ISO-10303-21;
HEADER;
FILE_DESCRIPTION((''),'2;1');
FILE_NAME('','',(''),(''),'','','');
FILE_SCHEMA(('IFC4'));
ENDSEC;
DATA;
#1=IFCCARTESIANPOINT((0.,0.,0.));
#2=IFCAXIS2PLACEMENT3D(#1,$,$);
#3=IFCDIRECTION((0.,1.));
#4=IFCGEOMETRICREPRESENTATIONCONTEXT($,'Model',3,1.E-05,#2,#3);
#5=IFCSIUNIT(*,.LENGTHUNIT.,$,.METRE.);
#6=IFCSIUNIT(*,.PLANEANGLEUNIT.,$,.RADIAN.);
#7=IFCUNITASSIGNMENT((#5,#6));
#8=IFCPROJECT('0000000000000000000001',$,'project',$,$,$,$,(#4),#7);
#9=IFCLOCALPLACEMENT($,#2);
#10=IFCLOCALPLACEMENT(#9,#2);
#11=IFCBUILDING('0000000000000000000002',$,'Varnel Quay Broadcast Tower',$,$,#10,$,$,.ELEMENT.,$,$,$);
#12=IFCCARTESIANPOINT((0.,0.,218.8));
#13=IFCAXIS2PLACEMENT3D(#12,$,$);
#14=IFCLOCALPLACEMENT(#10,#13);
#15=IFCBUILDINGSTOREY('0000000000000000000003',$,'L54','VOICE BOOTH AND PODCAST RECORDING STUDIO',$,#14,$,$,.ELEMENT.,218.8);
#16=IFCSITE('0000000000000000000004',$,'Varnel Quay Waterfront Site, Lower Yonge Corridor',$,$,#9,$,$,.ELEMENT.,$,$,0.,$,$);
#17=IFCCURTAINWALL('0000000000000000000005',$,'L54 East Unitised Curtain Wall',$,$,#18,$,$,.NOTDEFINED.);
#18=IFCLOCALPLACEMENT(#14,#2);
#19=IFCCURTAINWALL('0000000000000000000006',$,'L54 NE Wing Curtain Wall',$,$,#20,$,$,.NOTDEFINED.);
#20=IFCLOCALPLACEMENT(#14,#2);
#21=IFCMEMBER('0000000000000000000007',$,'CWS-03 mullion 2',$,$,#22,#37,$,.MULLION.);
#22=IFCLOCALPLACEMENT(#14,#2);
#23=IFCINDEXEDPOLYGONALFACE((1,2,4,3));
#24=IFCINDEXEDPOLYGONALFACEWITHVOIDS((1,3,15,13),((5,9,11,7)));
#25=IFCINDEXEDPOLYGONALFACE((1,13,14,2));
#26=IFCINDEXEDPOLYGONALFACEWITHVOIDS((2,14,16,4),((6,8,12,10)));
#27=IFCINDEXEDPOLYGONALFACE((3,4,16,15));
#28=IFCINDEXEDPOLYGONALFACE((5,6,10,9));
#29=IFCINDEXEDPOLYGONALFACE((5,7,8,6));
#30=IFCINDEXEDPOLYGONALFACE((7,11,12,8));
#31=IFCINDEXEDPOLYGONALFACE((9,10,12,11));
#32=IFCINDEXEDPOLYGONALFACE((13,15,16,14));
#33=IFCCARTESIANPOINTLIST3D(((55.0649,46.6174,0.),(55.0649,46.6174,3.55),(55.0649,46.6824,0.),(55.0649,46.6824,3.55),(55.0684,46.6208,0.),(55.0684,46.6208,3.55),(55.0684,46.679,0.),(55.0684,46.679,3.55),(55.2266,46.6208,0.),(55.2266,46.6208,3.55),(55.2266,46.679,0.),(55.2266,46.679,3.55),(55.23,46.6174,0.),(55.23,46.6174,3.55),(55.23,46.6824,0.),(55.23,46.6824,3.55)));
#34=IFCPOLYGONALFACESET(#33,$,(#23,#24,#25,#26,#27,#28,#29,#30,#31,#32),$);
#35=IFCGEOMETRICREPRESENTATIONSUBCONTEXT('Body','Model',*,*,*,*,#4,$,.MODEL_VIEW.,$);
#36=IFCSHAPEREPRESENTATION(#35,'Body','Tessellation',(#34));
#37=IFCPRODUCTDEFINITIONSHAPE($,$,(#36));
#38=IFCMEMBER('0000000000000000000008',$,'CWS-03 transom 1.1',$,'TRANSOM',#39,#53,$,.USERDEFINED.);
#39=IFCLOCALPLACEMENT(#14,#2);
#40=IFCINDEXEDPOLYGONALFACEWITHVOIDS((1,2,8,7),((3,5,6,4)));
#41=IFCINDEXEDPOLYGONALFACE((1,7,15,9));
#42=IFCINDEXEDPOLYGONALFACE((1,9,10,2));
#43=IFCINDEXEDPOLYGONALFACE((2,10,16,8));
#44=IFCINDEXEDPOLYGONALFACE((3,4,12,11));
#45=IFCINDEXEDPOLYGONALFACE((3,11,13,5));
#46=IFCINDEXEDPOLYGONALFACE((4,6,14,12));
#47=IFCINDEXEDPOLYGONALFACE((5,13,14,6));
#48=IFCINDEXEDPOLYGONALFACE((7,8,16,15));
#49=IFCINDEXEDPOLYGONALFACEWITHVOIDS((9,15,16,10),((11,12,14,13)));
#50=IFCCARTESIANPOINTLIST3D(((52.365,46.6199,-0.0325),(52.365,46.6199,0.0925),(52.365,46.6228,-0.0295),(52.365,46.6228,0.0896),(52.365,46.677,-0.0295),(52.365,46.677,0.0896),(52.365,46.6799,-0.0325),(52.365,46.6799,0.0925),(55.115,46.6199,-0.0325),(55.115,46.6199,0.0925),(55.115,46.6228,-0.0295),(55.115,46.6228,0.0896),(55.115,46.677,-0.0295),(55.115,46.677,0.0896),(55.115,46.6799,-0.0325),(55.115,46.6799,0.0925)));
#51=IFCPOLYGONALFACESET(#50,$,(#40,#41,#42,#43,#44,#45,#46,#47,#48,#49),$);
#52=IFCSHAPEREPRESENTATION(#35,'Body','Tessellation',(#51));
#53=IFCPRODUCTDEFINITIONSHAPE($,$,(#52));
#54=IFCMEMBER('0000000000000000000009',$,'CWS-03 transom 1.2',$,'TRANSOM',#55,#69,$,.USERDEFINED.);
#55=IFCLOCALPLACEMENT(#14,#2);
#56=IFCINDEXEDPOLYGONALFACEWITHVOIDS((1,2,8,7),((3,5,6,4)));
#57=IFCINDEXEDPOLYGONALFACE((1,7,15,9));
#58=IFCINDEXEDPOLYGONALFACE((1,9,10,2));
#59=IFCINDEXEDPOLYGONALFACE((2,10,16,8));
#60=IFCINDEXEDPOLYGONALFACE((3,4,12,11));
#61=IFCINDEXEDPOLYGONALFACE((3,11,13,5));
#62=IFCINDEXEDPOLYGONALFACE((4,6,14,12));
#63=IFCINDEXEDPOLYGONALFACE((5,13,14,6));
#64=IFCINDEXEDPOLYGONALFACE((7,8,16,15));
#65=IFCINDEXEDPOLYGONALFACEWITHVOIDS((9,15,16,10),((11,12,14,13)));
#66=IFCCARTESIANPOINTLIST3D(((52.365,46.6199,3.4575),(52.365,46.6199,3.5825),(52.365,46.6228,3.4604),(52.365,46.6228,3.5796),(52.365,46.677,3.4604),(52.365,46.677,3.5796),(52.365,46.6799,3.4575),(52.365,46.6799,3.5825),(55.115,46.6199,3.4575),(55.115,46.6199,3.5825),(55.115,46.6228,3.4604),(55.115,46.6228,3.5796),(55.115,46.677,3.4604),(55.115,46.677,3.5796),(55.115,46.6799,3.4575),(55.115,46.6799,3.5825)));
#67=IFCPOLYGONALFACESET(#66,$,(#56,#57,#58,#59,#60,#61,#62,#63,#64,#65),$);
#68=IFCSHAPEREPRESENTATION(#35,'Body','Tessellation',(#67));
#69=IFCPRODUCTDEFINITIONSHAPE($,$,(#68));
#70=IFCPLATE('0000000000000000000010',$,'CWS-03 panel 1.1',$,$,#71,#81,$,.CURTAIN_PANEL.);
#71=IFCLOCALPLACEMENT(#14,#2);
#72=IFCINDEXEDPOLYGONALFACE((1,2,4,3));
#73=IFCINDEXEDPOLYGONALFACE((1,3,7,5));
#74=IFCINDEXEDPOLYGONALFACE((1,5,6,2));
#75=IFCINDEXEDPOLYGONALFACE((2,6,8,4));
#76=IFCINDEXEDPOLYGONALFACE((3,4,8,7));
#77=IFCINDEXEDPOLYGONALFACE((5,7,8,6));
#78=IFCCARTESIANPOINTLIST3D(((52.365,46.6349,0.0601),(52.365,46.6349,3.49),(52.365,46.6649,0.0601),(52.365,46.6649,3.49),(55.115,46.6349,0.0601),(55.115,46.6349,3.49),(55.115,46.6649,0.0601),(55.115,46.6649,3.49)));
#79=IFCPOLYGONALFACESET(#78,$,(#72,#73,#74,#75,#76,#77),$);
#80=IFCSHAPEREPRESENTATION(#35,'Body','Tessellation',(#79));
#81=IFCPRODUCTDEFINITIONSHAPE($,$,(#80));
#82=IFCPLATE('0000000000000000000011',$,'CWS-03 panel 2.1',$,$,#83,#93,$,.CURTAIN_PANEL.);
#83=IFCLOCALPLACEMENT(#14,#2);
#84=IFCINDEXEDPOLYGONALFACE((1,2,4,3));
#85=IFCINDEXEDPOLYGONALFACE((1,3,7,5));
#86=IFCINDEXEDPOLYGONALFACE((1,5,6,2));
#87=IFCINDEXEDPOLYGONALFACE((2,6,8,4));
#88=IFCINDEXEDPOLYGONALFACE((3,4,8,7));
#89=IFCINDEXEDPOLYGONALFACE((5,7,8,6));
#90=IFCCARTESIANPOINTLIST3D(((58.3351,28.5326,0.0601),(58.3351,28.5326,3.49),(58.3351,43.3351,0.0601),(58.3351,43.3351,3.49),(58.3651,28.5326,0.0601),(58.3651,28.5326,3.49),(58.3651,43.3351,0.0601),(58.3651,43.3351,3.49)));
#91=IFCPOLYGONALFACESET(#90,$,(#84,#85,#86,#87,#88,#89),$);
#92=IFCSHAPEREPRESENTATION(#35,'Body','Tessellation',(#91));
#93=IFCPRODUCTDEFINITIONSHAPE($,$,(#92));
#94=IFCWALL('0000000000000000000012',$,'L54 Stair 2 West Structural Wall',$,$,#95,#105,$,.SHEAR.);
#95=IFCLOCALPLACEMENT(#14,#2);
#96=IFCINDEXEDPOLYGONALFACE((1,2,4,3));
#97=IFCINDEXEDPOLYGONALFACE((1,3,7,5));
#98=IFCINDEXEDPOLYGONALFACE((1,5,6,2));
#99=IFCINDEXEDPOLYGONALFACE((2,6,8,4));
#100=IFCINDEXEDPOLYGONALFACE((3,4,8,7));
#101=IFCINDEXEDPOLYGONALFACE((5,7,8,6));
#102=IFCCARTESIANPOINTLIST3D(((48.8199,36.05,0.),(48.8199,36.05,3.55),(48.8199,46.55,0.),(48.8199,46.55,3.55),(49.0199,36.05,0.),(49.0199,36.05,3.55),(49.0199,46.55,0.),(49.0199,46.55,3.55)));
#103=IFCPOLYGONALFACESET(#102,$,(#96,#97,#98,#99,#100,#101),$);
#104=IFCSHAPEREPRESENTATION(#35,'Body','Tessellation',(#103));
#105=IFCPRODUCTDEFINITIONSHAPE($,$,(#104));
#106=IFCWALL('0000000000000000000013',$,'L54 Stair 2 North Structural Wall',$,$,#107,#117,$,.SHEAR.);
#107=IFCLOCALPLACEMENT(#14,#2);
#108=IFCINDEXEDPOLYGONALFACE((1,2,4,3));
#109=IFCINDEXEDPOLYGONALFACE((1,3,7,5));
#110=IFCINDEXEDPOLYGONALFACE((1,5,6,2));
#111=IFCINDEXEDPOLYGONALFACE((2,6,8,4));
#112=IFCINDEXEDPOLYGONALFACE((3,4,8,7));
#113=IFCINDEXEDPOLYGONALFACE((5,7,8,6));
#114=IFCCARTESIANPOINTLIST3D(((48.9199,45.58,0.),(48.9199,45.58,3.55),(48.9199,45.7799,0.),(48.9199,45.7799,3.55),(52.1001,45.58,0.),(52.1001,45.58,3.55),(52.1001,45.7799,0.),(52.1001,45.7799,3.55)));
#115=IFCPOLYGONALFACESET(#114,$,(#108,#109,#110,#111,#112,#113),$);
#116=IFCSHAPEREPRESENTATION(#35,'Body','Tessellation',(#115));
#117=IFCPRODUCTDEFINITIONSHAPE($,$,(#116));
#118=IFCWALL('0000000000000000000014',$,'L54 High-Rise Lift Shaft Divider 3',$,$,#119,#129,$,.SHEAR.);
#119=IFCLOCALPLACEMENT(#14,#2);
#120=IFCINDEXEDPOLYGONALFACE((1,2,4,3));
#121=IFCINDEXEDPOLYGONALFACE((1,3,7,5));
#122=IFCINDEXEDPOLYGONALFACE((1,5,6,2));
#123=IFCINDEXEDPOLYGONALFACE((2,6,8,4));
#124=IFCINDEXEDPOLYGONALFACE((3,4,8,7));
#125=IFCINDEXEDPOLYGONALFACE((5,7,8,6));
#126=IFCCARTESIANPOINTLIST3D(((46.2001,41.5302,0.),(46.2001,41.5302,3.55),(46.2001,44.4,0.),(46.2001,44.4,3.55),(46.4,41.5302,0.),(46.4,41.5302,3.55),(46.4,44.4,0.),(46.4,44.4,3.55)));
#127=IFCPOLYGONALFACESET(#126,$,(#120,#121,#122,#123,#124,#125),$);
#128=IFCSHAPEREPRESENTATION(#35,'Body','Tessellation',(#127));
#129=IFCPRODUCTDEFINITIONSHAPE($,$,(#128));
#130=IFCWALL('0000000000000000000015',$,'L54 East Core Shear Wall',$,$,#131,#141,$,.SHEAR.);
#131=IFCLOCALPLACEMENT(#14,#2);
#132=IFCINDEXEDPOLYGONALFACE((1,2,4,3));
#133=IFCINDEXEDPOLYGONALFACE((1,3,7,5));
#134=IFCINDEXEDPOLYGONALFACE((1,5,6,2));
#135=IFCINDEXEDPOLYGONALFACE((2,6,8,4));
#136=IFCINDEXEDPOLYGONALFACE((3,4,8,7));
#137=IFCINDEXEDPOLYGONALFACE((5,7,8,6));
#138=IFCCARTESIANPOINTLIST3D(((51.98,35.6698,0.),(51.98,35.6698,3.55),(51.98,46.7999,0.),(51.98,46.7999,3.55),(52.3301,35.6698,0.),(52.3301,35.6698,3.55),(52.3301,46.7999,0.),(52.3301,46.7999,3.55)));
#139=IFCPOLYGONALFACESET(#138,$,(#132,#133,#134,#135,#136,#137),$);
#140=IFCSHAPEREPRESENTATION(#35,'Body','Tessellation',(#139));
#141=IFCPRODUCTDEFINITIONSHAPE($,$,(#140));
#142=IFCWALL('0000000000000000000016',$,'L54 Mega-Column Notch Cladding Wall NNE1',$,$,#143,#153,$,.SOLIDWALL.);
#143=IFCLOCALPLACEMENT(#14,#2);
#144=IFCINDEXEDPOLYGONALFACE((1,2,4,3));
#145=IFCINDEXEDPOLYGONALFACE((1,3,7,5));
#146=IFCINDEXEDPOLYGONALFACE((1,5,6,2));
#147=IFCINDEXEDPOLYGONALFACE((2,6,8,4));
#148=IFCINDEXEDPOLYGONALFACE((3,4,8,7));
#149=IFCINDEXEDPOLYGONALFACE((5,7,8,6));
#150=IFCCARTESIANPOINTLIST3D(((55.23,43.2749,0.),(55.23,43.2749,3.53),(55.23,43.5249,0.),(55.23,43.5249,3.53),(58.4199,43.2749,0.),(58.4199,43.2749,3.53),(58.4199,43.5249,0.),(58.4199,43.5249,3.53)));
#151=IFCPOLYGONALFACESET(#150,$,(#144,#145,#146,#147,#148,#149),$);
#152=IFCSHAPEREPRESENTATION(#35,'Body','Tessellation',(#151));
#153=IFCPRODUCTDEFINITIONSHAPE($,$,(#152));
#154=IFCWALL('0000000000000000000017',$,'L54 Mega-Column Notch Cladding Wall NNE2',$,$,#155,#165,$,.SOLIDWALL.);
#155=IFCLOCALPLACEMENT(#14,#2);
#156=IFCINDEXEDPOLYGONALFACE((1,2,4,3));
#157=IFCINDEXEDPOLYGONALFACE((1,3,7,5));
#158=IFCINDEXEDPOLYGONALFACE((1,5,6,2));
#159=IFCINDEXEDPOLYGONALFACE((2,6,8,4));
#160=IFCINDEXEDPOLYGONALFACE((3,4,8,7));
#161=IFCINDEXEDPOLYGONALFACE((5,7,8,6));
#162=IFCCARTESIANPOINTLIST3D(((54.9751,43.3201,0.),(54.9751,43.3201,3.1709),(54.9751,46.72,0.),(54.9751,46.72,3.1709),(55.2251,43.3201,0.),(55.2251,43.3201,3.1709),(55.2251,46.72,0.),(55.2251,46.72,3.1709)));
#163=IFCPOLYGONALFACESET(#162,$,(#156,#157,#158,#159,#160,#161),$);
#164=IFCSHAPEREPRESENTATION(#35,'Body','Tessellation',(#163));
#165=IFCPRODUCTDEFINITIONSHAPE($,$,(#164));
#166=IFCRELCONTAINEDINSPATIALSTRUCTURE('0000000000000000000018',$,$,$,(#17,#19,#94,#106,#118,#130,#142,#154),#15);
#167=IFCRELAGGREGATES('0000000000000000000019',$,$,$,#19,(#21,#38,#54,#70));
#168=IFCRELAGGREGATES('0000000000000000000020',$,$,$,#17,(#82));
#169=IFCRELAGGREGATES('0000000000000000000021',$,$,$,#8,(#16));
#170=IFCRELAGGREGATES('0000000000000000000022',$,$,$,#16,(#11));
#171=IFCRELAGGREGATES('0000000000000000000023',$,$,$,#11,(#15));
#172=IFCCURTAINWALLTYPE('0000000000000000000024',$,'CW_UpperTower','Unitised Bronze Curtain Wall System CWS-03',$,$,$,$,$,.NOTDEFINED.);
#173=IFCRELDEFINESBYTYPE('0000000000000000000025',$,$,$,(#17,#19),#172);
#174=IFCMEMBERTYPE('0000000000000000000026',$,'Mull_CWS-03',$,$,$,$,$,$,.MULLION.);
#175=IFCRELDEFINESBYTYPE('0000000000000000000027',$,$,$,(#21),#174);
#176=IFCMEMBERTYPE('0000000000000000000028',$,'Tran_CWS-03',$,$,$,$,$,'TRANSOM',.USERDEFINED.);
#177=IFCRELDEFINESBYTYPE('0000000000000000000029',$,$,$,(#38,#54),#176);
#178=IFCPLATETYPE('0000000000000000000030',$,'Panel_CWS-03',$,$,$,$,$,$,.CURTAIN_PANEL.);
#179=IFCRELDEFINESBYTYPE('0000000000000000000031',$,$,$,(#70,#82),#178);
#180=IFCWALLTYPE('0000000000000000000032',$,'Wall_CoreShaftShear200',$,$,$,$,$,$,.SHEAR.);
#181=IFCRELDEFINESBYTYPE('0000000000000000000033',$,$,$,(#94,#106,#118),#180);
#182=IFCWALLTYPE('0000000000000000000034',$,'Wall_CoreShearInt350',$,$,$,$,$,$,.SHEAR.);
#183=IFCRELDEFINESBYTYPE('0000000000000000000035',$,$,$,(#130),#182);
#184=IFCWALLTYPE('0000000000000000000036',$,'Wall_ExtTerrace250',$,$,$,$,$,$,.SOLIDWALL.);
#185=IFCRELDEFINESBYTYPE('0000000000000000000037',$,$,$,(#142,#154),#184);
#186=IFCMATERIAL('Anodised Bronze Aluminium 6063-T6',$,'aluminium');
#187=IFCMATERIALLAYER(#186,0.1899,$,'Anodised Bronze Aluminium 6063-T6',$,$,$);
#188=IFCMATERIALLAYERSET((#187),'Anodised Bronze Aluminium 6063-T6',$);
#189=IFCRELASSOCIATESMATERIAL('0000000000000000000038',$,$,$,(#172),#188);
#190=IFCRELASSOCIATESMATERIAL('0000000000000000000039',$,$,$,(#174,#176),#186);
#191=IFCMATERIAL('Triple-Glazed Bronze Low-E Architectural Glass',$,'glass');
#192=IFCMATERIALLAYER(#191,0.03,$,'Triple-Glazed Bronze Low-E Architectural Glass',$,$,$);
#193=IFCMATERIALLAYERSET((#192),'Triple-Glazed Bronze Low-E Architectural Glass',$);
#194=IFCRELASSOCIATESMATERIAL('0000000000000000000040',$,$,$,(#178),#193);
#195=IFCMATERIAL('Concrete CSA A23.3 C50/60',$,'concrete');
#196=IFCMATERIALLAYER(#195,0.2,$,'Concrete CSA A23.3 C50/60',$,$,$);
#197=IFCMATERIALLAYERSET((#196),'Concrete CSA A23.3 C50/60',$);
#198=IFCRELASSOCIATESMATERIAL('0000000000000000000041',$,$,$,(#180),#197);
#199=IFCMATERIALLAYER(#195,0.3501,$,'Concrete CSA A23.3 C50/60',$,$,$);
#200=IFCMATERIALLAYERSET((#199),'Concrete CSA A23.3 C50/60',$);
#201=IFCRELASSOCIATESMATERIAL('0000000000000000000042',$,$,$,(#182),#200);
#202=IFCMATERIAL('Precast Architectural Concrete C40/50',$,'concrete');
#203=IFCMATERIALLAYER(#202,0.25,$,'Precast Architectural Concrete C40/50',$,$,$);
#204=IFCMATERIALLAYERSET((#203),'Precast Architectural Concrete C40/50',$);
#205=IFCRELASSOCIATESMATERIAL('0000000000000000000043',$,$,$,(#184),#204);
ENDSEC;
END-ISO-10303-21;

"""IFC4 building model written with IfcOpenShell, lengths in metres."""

from ifc_helpers import new_model, si_unit, direction, frame, frame_2d, origin, origin_2d, place, context, subcontext, project, spatial, rectangle, hollow_rectangle, extrude, source, transform, mapped, material, layer, layer_set, material_profile, profile_set, type_object, type_shapes, element, aggregate, save


model = new_model("IFC4")

# Units and contexts
model_context = context("Model", 3, precision=1e-05, world=origin(), true_north=direction((0.0, 1.0)))
body_context = subcontext(model_context, "Body", "Model", "MODEL_VIEW")
ifc_project = project(units=[si_unit("LENGTHUNIT", "METRE"), si_unit("PLANEANGLEUNIT", "RADIAN")], contexts=[model_context])

# Site, building, storey
site_placement = place(None, origin())
site = spatial("IfcSite", under=ifc_project, at=site_placement, Name="Varnel Quay Waterfront Site, Lower Yonge Corridor", CompositionType="ELEMENT", RefElevation=0.0)
building_placement = place(site_placement, origin())
building = spatial("IfcBuilding", under=site, at=building_placement, Name="Varnel Quay Broadcast Tower", CompositionType="ELEMENT")
storey_placement = place(building_placement, frame((0.0, 0.0, 218.8)))
storey = spatial("IfcBuildingStorey", under=building, at=storey_placement, Name="L54", Description="VOICE BOOTH AND PODCAST RECORDING STUDIO", CompositionType="ELEMENT", Elevation=218.8)

# Curtain wall
ifc_material_1 = material(Name="Anodised Bronze Aluminium 6063-T6", Category="aluminium")
ifc_layer_1 = layer(ifc_material_1, 0.1899, Name="Anodised Bronze Aluminium 6063-T6")
ifc_layer_set_1 = layer_set([ifc_layer_1], Name="Anodised Bronze Aluminium 6063-T6")
curtain_wall_type = type_object("IfcCurtainWallType", Name="CW_UpperTower", Description="Unitised Bronze Curtain Wall System CWS-03", PredefinedType="NOTDEFINED", material=ifc_layer_set_1)
curtain_wall_1_placement = place(storey_placement, origin())
curtain_wall_1 = element("IfcCurtainWall", 1, at=curtain_wall_1_placement, inside=storey, type_object=curtain_wall_type, Name="L54 East Unitised Curtain Wall", PredefinedType="NOTDEFINED")
ifc_material_profile_1 = material_profile(ifc_material_1, hollow_rectangle(XDim=0.0649, YDim=0.165, WallThickness=0.0034, at=origin_2d()), Name="ALU65X165X3.5")
ifc_profile_set_1 = profile_set([ifc_material_profile_1], Name="Anodised Bronze Aluminium 6063-T6")
member_type_1 = type_object("IfcMemberType", Name="Mull_CWS-03", PredefinedType="MULLION", material=ifc_profile_set_1)
shared_shape_1 = source(origin(), body_context, "Body", "SweptSolid", [
    extrude(hollow_rectangle(XDim=0.0649, YDim=0.165, WallThickness=0.0034, at=origin_2d()), origin(), (0.0, 0.0, 1.0), 3.55),
])
type_shapes(member_type_1, [shared_shape_1])

# Curtain wall, members, plate
curtain_wall_2_placement = place(storey_placement, origin())
curtain_wall_2 = element("IfcCurtainWall", 2, at=curtain_wall_2_placement, inside=storey, type_object=curtain_wall_type, Name="L54 NE Wing Curtain Wall", PredefinedType="NOTDEFINED")
member_1_placement = place(storey_placement, frame((55.1475, 46.6499, 0.0), z_axis=(0.0, 0.0, 1.0), x_axis=(0.0, 1.0, 0.0)))
member_1 = element("IfcMember", 3, at=member_1_placement, type_object=member_type_1, Name="CWS-03 mullion 2", PredefinedType="MULLION", context=body_context, shape_type="MappedRepresentation", body=[
    mapped(shared_shape_1, transform((0.0, 0.0, 0.0), x_axis=(1.0, 0.0, 0.0), y_axis=(0.0, 1.0, 0.0), z_axis=(0.0, 0.0, 1.0), scale=1.0)),
])
ifc_material_profile_2 = material_profile(ifc_material_1, hollow_rectangle(XDim=0.0601, YDim=0.125, WallThickness=0.0029, at=origin_2d()), Name="ALU60X125X3")
ifc_profile_set_2 = profile_set([ifc_material_profile_2], Name="Anodised Bronze Aluminium 6063-T6")
member_type_2 = type_object("IfcMemberType", Name="Tran_CWS-03", ElementType="TRANSOM", PredefinedType="USERDEFINED", material=ifc_profile_set_2)
shared_shape_2 = source(origin(), body_context, "Body", "SweptSolid", [
    extrude(hollow_rectangle(XDim=0.0601, YDim=0.125, WallThickness=0.0029, at=origin_2d()), origin(), (0.0, 0.0, 1.0), 2.75),
])
type_shapes(member_type_2, [shared_shape_2])
member_2_placement = place(storey_placement, frame((52.365, 46.6499, 0.03), z_axis=(1.0, 0.0, 0.0), x_axis=(0.0, 1.0, 0.0)))
member_2 = element("IfcMember", 4, at=member_2_placement, type_object=member_type_2, Name="CWS-03 transom 1.1", ObjectType="TRANSOM", PredefinedType="USERDEFINED", context=body_context, shape_type="MappedRepresentation", body=[
    mapped(shared_shape_2, transform((0.0, 0.0, 0.0), x_axis=(1.0, 0.0, 0.0), y_axis=(0.0, 1.0, 0.0), z_axis=(0.0, 0.0, 1.0), scale=1.0)),
])
member_3_placement = place(storey_placement, frame((52.365, 46.6499, 3.52), z_axis=(1.0, 0.0, 0.0), x_axis=(0.0, 1.0, 0.0)))
member_3 = element("IfcMember", 5, at=member_3_placement, type_object=member_type_2, Name="CWS-03 transom 1.2", ObjectType="TRANSOM", PredefinedType="USERDEFINED", context=body_context, shape_type="MappedRepresentation", body=[
    mapped(shared_shape_2, transform((0.0, 0.0, 0.0), x_axis=(1.0, 0.0, 0.0), y_axis=(0.0, 1.0, 0.0), z_axis=(0.0, 0.0, 1.0), scale=1.0)),
])
ifc_material_2 = material(Name="Triple-Glazed Bronze Low-E Architectural Glass", Category="glass")
ifc_layer_2 = layer(ifc_material_2, 0.03, Name="Triple-Glazed Bronze Low-E Architectural Glass")
ifc_layer_set_2 = layer_set([ifc_layer_2], Name="Triple-Glazed Bronze Low-E Architectural Glass")
plate_type = type_object("IfcPlateType", Name="Panel_CWS-03", PredefinedType="CURTAIN_PANEL", material=ifc_layer_set_2)
shared_shape_3 = source(origin(), body_context, "Body", "SweptSolid", [
    extrude(rectangle(XDim=2.75, YDim=0.03, at=origin_2d()), origin(), (0.0, 0.0, 1.0), 3.4299),
])
plate_1_placement = place(storey_placement, frame((53.74, 46.6499, 0.0601), z_axis=(0.0, 0.0, 1.0), x_axis=(1.0, 0.0, 0.0)))
plate_1 = element("IfcPlate", 6, at=plate_1_placement, type_object=plate_type, Name="CWS-03 panel 1.1", PredefinedType="CURTAIN_PANEL", context=body_context, shape_type="MappedRepresentation", body=[
    mapped(shared_shape_3, transform((0.0, 0.0, 0.0), x_axis=(1.0, 0.0, 0.0), y_axis=(0.0, 1.0, 0.0), z_axis=(0.0, 0.0, 1.0), scale=1.0)),
])
aggregate(curtain_wall_2, [member_1, member_2, member_3, plate_1])

# Plate
shared_shape_4 = source(origin(), body_context, "Body", "SweptSolid", [
    extrude(rectangle(XDim=14.8025, YDim=0.03, at=origin_2d()), origin(), (0.0, 0.0, 1.0), 3.4299),
])
type_shapes(plate_type, [shared_shape_3, shared_shape_4])
plate_2_placement = place(storey_placement, frame((58.3501, 35.9338, 0.0601), z_axis=(0.0, 0.0, 1.0), x_axis=(0.0, 1.0, 0.0)))
plate_2 = element("IfcPlate", 7, at=plate_2_placement, type_object=plate_type, Name="CWS-03 panel 2.1", PredefinedType="CURTAIN_PANEL", context=body_context, shape_type="MappedRepresentation", body=[
    mapped(shared_shape_4, transform((0.0, 0.0, 0.0), x_axis=(1.0, 0.0, 0.0), y_axis=(0.0, 1.0, 0.0), z_axis=(0.0, 0.0, 1.0), scale=1.0)),
])
aggregate(curtain_wall_1, [plate_2])

# Walls
ifc_material_3 = material(Name="Concrete CSA A23.3 C50/60", Category="concrete")
ifc_layer_3 = layer(ifc_material_3, 0.2, Name="Concrete CSA A23.3 C50/60")
ifc_layer_set_3 = layer_set([ifc_layer_3], Name="Concrete CSA A23.3 C50/60")
wall_type_1 = type_object("IfcWallType", Name="Wall_CoreShaftShear200", PredefinedType="SHEAR", material=ifc_layer_set_3)
wall_1_placement = place(storey_placement, frame((48.9199, 36.05, 0.0), z_axis=(0.0, 0.0, 1.0), x_axis=(0.0, 1.0, 0.0)))
element("IfcWall", 8, at=wall_1_placement, inside=storey, type_object=wall_type_1, Name="L54 Stair 2 West Structural Wall", PredefinedType="SHEAR", context=body_context, shape_type="SweptSolid", body=[
    extrude(rectangle(XDim=10.5, YDim=0.2, at=frame_2d((5.25, 0.0))), origin(), (0.0, 0.0, 1.0), 3.55),
])
wall_2_placement = place(storey_placement, frame((48.9199, 45.6799, 0.0), z_axis=(0.0, 0.0, 1.0), x_axis=(1.0, 0.0, 0.0)))
element("IfcWall", 9, at=wall_2_placement, inside=storey, type_object=wall_type_1, Name="L54 Stair 2 North Structural Wall", PredefinedType="SHEAR", context=body_context, shape_type="SweptSolid", body=[
    extrude(rectangle(XDim=3.1802, YDim=0.2, at=frame_2d((1.5901, 0.0))), origin(), (0.0, 0.0, 1.0), 3.55),
])
wall_3_placement = place(storey_placement, frame((46.3, 41.53, 0.0), z_axis=(0.0, 0.0, 1.0), x_axis=(0.0, 1.0, 0.0)))
element("IfcWall", 10, at=wall_3_placement, inside=storey, type_object=wall_type_1, Name="L54 High-Rise Lift Shaft Divider 3", PredefinedType="SHEAR", context=body_context, shape_type="SweptSolid", body=[
    extrude(rectangle(XDim=2.8699, YDim=0.2, at=frame_2d((1.4351, 0.0))), origin(), (0.0, 0.0, 1.0), 3.55),
])
ifc_layer_4 = layer(ifc_material_3, 0.3501, Name="Concrete CSA A23.3 C50/60")
ifc_layer_set_4 = layer_set([ifc_layer_4], Name="Concrete CSA A23.3 C50/60")
wall_type_2 = type_object("IfcWallType", Name="Wall_CoreShearInt350", PredefinedType="SHEAR", material=ifc_layer_set_4)
wall_4_placement = place(storey_placement, frame((52.155, 35.6699, 0.0), z_axis=(0.0, 0.0, 1.0), x_axis=(0.0, 1.0, 0.0)))
element("IfcWall", 11, at=wall_4_placement, inside=storey, type_object=wall_type_2, Name="L54 East Core Shear Wall", PredefinedType="SHEAR", context=body_context, shape_type="SweptSolid", body=[
    extrude(rectangle(XDim=11.1301, YDim=0.3501, at=frame_2d((5.5649, 0.0))), origin(), (0.0, 0.0, 1.0), 3.55),
])
ifc_material_4 = material(Name="Precast Architectural Concrete C40/50", Category="concrete")
ifc_layer_5 = layer(ifc_material_4, 0.25, Name="Precast Architectural Concrete C40/50")
ifc_layer_set_5 = layer_set([ifc_layer_5], Name="Precast Architectural Concrete C40/50")
wall_type_3 = type_object("IfcWallType", Name="Wall_ExtTerrace250", PredefinedType="SOLIDWALL", material=ifc_layer_set_5)
wall_5_placement = place(storey_placement, frame((55.23, 43.3999, 0.0), z_axis=(0.0, 0.0, 1.0), x_axis=(1.0, 0.0, 0.0)))
element("IfcWall", 12, at=wall_5_placement, inside=storey, type_object=wall_type_3, Name="L54 Mega-Column Notch Cladding Wall NNE1", PredefinedType="SOLIDWALL", context=body_context, shape_type="SweptSolid", body=[
    extrude(rectangle(XDim=3.1899, YDim=0.25, at=frame_2d((1.595, 0.0))), origin(), (0.0, 0.0, 1.0), 3.53),
])
wall_6_placement = place(storey_placement, frame((55.1001, 43.3201, 0.0), z_axis=(0.0, 0.0, 1.0), x_axis=(0.0, 1.0, 0.0)))
element("IfcWall", 13, at=wall_6_placement, inside=storey, type_object=wall_type_3, Name="L54 Mega-Column Notch Cladding Wall NNE2", PredefinedType="SOLIDWALL", context=body_context, shape_type="SweptSolid", body=[
    extrude(rectangle(XDim=3.3999, YDim=0.25, at=frame_2d((1.7, 0.0))), origin(), (0.0, 0.0, 1.0), 3.1709),
])

save(model, "model.ifc")
